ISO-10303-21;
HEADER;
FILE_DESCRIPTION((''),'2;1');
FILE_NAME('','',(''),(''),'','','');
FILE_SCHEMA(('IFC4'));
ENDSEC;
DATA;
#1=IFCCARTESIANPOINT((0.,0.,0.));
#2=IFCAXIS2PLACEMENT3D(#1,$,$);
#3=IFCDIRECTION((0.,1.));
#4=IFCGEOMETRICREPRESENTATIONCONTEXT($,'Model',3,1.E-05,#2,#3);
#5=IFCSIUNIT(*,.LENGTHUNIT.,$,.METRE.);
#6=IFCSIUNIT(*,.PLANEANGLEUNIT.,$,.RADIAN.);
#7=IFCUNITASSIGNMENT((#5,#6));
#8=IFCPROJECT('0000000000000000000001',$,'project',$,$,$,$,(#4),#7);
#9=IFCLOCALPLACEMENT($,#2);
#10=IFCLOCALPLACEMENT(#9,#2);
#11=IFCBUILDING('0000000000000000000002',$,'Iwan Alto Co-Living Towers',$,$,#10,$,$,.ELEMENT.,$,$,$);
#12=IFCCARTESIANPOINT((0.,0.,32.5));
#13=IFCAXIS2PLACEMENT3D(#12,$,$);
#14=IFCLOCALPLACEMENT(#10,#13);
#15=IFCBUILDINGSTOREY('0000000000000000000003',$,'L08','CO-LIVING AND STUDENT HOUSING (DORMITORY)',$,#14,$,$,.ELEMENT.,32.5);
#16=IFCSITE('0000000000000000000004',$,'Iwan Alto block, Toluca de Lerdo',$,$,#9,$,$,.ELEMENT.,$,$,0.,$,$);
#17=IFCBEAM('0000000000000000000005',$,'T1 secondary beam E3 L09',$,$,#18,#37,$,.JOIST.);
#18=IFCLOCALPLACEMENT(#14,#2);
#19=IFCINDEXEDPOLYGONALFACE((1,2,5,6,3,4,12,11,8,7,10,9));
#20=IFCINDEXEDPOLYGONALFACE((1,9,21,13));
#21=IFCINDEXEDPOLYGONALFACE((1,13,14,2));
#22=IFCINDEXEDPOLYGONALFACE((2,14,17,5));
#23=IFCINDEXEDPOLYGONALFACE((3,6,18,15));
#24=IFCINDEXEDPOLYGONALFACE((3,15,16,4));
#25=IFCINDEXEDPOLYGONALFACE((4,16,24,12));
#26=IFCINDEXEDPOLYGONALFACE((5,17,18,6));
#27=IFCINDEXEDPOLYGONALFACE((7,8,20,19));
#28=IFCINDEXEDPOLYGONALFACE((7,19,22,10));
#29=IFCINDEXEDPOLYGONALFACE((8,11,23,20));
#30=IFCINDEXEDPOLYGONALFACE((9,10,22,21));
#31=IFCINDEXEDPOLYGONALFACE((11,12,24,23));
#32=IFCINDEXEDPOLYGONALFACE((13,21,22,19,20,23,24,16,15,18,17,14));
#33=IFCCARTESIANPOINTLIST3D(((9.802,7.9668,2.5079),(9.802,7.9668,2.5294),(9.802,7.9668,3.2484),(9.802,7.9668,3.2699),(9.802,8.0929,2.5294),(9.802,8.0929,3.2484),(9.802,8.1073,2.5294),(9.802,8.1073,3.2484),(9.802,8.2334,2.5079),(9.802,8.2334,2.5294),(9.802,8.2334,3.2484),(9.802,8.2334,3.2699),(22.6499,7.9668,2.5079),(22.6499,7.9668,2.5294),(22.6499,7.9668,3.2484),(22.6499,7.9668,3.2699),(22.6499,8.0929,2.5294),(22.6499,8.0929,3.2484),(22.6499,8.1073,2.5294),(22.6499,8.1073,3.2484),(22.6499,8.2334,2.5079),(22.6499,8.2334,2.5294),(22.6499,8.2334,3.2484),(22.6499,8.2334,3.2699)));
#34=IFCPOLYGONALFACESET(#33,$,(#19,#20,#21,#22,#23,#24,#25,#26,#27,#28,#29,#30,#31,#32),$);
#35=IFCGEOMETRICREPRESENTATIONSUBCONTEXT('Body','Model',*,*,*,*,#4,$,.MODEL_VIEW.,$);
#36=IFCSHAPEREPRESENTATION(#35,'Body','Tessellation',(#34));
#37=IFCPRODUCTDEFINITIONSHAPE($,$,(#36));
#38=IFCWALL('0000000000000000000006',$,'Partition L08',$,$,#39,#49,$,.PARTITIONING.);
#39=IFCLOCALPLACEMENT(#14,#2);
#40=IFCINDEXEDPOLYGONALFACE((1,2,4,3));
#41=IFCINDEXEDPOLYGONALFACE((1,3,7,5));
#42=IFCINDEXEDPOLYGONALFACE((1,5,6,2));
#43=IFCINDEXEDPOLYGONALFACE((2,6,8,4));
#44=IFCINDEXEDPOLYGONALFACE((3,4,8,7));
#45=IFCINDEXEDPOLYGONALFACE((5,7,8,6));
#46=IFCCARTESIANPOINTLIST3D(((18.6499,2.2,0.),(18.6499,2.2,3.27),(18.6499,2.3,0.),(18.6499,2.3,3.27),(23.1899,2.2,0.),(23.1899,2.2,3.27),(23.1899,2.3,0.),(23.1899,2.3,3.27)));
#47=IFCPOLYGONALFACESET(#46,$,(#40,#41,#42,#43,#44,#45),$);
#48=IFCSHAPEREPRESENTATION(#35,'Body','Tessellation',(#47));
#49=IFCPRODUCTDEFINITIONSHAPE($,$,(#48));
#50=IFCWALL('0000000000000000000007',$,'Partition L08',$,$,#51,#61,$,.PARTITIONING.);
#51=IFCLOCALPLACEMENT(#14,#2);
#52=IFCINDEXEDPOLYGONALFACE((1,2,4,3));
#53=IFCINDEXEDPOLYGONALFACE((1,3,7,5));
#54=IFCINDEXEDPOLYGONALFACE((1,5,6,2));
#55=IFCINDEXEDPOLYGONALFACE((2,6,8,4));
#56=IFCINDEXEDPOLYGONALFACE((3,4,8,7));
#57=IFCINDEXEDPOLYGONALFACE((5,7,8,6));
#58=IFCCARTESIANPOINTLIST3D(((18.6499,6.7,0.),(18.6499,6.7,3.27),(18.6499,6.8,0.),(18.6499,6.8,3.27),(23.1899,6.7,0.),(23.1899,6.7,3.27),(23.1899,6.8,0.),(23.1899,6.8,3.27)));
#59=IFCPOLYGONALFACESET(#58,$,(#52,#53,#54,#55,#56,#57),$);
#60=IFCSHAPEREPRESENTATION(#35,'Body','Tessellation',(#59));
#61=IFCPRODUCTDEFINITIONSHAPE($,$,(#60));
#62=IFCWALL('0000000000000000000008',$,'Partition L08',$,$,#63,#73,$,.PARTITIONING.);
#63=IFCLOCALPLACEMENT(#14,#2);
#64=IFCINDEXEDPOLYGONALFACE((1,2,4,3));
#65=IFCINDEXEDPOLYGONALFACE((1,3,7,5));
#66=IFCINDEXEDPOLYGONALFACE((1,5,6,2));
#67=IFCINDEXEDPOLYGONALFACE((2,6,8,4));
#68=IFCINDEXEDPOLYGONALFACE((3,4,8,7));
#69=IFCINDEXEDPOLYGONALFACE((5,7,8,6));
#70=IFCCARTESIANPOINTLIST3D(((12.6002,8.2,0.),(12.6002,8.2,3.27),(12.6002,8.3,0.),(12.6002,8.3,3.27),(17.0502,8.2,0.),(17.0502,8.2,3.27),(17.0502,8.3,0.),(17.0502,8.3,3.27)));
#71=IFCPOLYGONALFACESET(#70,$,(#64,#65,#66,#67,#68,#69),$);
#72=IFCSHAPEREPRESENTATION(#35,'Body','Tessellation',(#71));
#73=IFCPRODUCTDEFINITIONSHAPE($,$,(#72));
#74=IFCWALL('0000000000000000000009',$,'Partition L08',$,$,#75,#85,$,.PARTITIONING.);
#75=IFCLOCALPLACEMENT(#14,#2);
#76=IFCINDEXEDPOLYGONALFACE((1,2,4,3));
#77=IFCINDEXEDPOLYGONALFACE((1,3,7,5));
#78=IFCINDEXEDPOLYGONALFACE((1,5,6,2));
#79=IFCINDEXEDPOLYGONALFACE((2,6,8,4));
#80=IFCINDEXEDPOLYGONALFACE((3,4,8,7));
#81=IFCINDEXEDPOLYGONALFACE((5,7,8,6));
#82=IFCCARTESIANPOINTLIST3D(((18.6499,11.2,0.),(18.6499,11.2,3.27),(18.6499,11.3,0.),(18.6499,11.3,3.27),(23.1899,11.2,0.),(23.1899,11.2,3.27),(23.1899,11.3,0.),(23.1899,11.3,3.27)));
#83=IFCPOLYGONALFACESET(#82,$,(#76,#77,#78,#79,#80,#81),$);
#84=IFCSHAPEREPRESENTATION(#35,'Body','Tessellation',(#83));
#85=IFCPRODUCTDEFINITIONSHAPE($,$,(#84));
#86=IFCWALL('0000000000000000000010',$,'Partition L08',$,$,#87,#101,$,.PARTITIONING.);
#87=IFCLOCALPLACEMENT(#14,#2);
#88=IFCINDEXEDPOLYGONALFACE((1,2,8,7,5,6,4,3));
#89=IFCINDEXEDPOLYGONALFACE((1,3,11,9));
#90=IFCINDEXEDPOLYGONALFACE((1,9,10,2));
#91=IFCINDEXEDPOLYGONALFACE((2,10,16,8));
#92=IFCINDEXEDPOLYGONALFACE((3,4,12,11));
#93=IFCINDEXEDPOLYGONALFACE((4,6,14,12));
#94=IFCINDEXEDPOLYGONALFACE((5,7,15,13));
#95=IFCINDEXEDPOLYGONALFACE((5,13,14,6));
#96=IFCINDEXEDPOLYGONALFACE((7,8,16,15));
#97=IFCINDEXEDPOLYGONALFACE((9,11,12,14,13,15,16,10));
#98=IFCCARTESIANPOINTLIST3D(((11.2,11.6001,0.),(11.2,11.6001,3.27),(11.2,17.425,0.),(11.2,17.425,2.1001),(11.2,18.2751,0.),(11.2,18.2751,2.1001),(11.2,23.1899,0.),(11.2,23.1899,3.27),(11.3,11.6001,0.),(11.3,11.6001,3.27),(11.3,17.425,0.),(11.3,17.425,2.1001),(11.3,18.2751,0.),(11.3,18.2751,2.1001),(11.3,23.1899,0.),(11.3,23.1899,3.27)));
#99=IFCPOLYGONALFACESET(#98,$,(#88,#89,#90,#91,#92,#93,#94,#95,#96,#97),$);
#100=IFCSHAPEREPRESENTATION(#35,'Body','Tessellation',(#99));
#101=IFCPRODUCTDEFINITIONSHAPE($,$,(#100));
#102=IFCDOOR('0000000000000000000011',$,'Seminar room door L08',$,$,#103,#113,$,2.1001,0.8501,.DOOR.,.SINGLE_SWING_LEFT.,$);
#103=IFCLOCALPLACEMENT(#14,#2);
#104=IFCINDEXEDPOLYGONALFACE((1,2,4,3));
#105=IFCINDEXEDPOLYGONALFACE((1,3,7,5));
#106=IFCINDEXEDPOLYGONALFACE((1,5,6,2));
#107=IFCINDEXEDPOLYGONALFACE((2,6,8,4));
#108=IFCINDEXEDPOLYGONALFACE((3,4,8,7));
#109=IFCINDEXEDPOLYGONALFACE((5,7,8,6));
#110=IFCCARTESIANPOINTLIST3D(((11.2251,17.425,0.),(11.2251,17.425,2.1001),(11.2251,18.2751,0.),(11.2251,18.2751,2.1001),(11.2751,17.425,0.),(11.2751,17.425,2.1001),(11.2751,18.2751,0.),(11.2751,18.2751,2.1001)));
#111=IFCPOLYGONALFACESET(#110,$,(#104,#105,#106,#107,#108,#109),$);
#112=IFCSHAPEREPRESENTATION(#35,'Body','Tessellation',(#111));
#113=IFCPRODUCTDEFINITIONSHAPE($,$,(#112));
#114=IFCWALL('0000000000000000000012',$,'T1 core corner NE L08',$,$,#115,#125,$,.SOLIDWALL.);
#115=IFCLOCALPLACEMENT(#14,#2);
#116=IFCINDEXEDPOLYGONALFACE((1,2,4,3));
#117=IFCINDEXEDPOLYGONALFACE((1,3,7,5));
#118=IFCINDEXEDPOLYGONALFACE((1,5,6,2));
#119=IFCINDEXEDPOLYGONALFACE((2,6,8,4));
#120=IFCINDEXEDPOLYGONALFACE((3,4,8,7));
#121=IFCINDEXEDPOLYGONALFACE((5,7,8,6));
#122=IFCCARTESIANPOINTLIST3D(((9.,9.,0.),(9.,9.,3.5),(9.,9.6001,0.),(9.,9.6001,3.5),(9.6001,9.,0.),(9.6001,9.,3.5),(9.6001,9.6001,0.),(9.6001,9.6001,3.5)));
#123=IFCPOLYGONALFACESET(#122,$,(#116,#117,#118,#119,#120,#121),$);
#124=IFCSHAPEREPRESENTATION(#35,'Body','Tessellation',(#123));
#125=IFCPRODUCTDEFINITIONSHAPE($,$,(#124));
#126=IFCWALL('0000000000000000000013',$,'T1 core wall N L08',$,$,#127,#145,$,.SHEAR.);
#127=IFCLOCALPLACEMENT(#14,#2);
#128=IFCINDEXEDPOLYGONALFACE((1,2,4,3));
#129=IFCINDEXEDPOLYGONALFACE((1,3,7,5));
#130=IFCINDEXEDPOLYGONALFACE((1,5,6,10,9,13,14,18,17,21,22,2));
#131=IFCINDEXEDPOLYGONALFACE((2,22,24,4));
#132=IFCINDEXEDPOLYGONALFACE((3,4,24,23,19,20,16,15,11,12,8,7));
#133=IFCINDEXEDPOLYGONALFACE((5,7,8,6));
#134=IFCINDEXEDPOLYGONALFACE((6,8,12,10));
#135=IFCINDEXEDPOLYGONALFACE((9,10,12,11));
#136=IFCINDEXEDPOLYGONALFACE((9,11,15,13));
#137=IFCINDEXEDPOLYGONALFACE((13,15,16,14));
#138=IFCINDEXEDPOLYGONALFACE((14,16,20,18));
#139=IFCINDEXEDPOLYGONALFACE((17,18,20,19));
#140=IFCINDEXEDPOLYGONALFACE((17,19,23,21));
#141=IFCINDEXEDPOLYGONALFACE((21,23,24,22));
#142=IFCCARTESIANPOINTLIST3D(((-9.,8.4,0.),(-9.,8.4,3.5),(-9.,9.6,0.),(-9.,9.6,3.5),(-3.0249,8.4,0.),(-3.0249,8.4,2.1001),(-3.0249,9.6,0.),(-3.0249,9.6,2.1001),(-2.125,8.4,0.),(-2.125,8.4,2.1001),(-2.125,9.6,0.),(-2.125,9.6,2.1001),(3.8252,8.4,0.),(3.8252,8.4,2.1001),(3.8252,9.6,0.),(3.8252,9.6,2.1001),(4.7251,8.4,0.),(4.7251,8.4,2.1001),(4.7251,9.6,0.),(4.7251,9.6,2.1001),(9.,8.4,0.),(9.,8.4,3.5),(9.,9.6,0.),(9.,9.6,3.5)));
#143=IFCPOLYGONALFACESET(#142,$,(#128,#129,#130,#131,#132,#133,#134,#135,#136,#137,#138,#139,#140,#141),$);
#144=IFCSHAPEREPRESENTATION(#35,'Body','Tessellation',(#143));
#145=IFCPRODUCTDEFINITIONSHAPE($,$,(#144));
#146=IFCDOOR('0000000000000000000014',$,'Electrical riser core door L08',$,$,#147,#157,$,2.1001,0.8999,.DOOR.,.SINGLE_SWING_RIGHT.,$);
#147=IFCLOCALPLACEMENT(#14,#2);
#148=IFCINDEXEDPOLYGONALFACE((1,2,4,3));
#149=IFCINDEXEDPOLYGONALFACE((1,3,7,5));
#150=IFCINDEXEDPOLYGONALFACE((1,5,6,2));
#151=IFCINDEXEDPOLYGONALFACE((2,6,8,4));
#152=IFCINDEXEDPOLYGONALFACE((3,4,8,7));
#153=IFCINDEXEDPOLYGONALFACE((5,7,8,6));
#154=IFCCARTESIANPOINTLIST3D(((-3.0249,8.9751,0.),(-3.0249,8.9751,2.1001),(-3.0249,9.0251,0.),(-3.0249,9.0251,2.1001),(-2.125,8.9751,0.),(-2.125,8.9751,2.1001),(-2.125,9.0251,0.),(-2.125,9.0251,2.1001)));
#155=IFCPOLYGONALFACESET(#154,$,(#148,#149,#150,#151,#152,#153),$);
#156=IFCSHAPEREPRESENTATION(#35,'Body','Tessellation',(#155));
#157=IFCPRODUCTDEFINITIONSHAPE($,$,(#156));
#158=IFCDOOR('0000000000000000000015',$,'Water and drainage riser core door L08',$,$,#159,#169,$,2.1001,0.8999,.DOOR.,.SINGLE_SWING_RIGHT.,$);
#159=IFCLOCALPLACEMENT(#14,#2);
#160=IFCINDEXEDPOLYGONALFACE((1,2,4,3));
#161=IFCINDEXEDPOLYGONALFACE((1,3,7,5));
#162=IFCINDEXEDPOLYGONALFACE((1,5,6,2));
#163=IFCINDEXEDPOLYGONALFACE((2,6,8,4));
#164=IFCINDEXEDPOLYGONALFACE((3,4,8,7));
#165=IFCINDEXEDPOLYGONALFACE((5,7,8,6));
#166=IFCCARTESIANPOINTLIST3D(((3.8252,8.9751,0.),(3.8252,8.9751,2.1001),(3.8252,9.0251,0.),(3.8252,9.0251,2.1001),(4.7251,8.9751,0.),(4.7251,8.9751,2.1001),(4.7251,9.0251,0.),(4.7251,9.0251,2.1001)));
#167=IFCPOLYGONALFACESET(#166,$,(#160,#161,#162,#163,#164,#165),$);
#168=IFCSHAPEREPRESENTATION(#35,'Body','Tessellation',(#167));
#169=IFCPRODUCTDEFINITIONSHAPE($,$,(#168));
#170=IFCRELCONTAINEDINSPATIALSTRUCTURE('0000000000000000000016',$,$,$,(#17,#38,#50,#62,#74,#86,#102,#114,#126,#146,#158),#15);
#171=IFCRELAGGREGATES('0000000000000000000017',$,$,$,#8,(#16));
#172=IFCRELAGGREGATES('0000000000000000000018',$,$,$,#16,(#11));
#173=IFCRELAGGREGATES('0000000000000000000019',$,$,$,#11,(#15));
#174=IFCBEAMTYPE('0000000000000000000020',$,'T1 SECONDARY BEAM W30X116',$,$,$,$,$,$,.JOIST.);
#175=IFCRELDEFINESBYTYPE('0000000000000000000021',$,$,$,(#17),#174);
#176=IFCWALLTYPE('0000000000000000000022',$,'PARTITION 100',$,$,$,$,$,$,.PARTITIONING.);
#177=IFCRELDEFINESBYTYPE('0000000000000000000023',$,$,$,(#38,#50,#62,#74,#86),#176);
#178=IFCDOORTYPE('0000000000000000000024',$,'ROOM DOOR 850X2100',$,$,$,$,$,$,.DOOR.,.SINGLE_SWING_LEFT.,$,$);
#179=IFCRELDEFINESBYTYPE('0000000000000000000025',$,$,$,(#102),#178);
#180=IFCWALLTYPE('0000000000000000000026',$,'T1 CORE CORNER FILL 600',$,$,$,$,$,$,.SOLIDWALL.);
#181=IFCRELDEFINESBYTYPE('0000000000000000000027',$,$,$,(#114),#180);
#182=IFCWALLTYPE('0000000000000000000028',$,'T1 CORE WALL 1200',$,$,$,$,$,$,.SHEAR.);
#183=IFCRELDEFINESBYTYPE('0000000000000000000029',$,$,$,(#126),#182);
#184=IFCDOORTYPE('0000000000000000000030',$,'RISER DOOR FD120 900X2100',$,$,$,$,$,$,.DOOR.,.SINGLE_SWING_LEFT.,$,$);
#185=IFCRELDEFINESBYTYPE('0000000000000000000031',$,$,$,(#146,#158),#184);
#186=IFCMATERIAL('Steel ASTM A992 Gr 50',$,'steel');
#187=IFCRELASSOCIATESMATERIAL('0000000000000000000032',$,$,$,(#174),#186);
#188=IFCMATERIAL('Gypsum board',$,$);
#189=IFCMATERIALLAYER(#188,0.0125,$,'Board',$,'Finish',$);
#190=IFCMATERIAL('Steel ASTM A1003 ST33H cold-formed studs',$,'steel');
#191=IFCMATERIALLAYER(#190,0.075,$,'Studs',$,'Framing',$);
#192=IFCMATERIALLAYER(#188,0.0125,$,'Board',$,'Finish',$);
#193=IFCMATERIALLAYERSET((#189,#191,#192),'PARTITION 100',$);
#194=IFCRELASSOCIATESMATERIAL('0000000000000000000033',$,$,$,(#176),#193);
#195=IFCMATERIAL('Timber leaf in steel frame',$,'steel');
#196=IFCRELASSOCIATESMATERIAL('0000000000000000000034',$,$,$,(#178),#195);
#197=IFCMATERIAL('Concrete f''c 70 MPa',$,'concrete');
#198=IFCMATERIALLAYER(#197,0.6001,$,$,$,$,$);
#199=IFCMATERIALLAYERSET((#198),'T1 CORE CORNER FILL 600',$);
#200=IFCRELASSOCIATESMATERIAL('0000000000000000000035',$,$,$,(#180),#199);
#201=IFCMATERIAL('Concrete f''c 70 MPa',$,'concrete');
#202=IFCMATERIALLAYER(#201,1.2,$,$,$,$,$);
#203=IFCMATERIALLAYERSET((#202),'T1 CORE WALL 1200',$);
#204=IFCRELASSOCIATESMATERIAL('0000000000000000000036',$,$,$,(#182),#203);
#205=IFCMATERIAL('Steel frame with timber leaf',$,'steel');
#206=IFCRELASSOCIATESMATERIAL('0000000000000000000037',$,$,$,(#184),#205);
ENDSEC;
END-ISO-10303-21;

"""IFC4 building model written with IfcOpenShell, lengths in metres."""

from ifc_helpers import new_model, si_unit, direction, frame, frame_2d, origin, origin_2d, place, context, subcontext, project, spatial, rectangle, i_section, extrude, material, layer, layer_set, material_profile, profile_set, type_object, element, fill, save


model = new_model("IFC4")

# Units and contexts
model_context = context("Model", 3, precision=1e-05, world=origin(), true_north=direction((0.0, 1.0)))
body_context = subcontext(model_context, "Body", "Model", "MODEL_VIEW")
ifc_project = project(units=[si_unit("LENGTHUNIT", "METRE"), si_unit("PLANEANGLEUNIT", "RADIAN")], contexts=[model_context])

# Site, building, storey
site_placement = place(None, origin())
site = spatial("IfcSite", under=ifc_project, at=site_placement, Name="Iwan Alto block, Toluca de Lerdo", CompositionType="ELEMENT", RefElevation=0.0)
building_placement = place(site_placement, origin())
building = spatial("IfcBuilding", under=site, at=building_placement, Name="Iwan Alto Co-Living Towers", CompositionType="ELEMENT")
storey_placement = place(building_placement, frame((0.0, 0.0, 32.5)))
storey = spatial("IfcBuildingStorey", under=building, at=storey_placement, Name="L08", Description="CO-LIVING AND STUDENT HOUSING (DORMITORY)", CompositionType="ELEMENT", Elevation=32.5)

# Beam
ifc_material_1 = material(Name="Steel ASTM A992 Gr 50", Category="steel")
ifc_material_profile_1 = material_profile(ifc_material_1, i_section(OverallWidth=0.2666, OverallDepth=0.762, WebThickness=0.0144, FlangeThickness=0.0215, at=origin_2d()), Name="W30X116")
ifc_profile_set_1 = profile_set([ifc_material_profile_1], Name="Steel ASTM A992 Gr 50")
beam_type_1 = type_object("IfcBeamType", Name="T1 SECONDARY BEAM W30X116", PredefinedType="JOIST", material=ifc_profile_set_1)
for number, where, z_axis, x_axis, name in (
    (1, (22.6499, 8.1001, 2.8889), (-1.0, 0.0, 0.0), (0.0, -1.0, 0.0), "T1 secondary beam E3 L09"),
):
    element("IfcBeam", number, at=place(storey_placement, frame(where, z_axis=z_axis, x_axis=x_axis)), inside=storey, type_object=beam_type_1, Name=name, PredefinedType="JOIST", context=body_context, shape_type="SweptSolid", body=[
        extrude(i_section(OverallWidth=0.2666, OverallDepth=0.762, WebThickness=0.0144, FlangeThickness=0.0215, at=origin_2d()), origin(), (0.0, 0.0, 1.0), 12.8479),
    ])

# Walls
ifc_material_2 = material(Name="Gypsum board")
ifc_layer_1 = layer(ifc_material_2, 0.0125, Name="Board", Category="Finish")
ifc_material_3 = material(Name="Steel ASTM A1003 ST33H cold-formed studs", Category="steel")
ifc_layer_2 = layer(ifc_material_3, 0.075, Name="Studs", Category="Framing")
ifc_layer_3 = layer(ifc_material_2, 0.0125, Name="Board", Category="Finish")
ifc_layer_set_1 = layer_set([ifc_layer_1, ifc_layer_2, ifc_layer_3], Name="PARTITION 100")
wall_type_1 = type_object("IfcWallType", Name="PARTITION 100", PredefinedType="PARTITIONING", material=ifc_layer_set_1)
for number, where, z_axis, x_axis, name in (
    (2, (18.6499, 2.25, 0.0), (0.0, 0.0, 1.0), (1.0, 0.0, 0.0), "Partition L08"),
    (3, (18.6499, 6.75, 0.0), (0.0, 0.0, 1.0), (1.0, 0.0, 0.0), "Partition L08"),
):
    element("IfcWall", number, at=place(storey_placement, frame(where, z_axis=z_axis, x_axis=x_axis)), inside=storey, type_object=wall_type_1, Name=name, PredefinedType="PARTITIONING", context=body_context, shape_type="SweptSolid", body=[
        extrude(rectangle(XDim=4.54, YDim=0.1001, at=frame_2d((2.27, 0.0))), origin(), (0.0, 0.0, 1.0), 3.27),
    ])
wall_1_placement = place(storey_placement, frame((12.6001, 8.25, 0.0), z_axis=(0.0, 0.0, 1.0), x_axis=(1.0, 0.0, 0.0)))
element("IfcWall", 4, at=wall_1_placement, inside=storey, type_object=wall_type_1, Name="Partition L08", PredefinedType="PARTITIONING", context=body_context, shape_type="SweptSolid", body=[
    extrude(rectangle(XDim=4.45, YDim=0.1001, at=frame_2d((2.2251, 0.0))), origin(), (0.0, 0.0, 1.0), 3.27),
])
wall_2_placement = place(storey_placement, frame((18.6499, 11.25, 0.0), z_axis=(0.0, 0.0, 1.0), x_axis=(1.0, 0.0, 0.0)))
element("IfcWall", 5, at=wall_2_placement, inside=storey, type_object=wall_type_1, Name="Partition L08", PredefinedType="PARTITIONING", context=body_context, shape_type="SweptSolid", body=[
    extrude(rectangle(XDim=4.54, YDim=0.1001, at=frame_2d((2.27, 0.0))), origin(), (0.0, 0.0, 1.0), 3.27),
])

# Wall, opening, door
wall_3_placement = place(storey_placement, frame((11.25, 11.6001, 0.0), z_axis=(0.0, 0.0, 1.0), x_axis=(0.0, 1.0, 0.0)))
wall_3 = element("IfcWall", 6, at=wall_3_placement, inside=storey, type_object=wall_type_1, Name="Partition L08", PredefinedType="PARTITIONING", context=body_context, shape_type="SweptSolid", body=[
    extrude(rectangle(XDim=11.5898, YDim=0.1001, at=frame_2d((5.7949, 0.0))), origin(), (0.0, 0.0, 1.0), 3.27),
])
opening_1_placement = place(wall_3_placement, frame((5.825, 0.0, 0.0)))
opening_1 = element("IfcOpeningElement", 7, at=opening_1_placement, cuts=wall_3, PredefinedType="OPENING", context=body_context, shape_type="SweptSolid", body=[
    extrude(rectangle(XDim=0.8501, YDim=2.1001, at=frame_2d((0.425, 1.05))), frame((0.0, 0.0601, 0.0), z_axis=(0.0, -1.0, 0.0), x_axis=(1.0, 0.0, 0.0)), (0.0, 0.0, 1.0), 0.1201),
])
ifc_material_4 = material(Name="Timber leaf in steel frame", Category="steel")
door_type_1 = type_object("IfcDoorType", Name="ROOM DOOR 850X2100", OperationType="SINGLE_SWING_LEFT", PredefinedType="DOOR", material=ifc_material_4)
door_1_placement = place(opening_1_placement, origin())
door_1 = element("IfcDoor", 8, at=door_1_placement, inside=storey, type_object=door_type_1, Name="Seminar room door L08", OperationType="SINGLE_SWING_LEFT", OverallHeight=2.1001, OverallWidth=0.8501, PredefinedType="DOOR", context=body_context, shape_type="SweptSolid", body=[
    extrude(rectangle(XDim=0.8501, YDim=2.1001, at=frame_2d((0.425, 1.05))), frame((0.0, 0.0249, 0.0), z_axis=(0.0, -1.0, 0.0), x_axis=(1.0, 0.0, 0.0)), (0.0, 0.0, 1.0), 0.05),
])
fill(opening_1, door_1)

# Wall
ifc_material_5 = material(Name="Concrete f'c 70 MPa", Category="concrete")
ifc_layer_4 = layer(ifc_material_5, 0.6001)
ifc_layer_set_2 = layer_set([ifc_layer_4], Name="T1 CORE CORNER FILL 600")
wall_type_2 = type_object("IfcWallType", Name="T1 CORE CORNER FILL 600", PredefinedType="SOLIDWALL", material=ifc_layer_set_2)
wall_4_placement = place(storey_placement, frame((9.0, 9.3, 0.0), z_axis=(0.0, 0.0, 1.0), x_axis=(1.0, 0.0, 0.0)))
element("IfcWall", 9, at=wall_4_placement, inside=storey, type_object=wall_type_2, Name="T1 core corner NE L08", PredefinedType="SOLIDWALL", context=body_context, shape_type="SweptSolid", body=[
    extrude(rectangle(XDim=0.6001, YDim=0.6001, at=frame_2d((0.3, 0.0))), origin(), (0.0, 0.0, 1.0), 3.5),
])

# Wall, openings, doors
ifc_material_6 = material(Name="Concrete f'c 70 MPa", Category="concrete")
ifc_layer_5 = layer(ifc_material_6, 1.2)
ifc_layer_set_3 = layer_set([ifc_layer_5], Name="T1 CORE WALL 1200")
wall_type_3 = type_object("IfcWallType", Name="T1 CORE WALL 1200", PredefinedType="SHEAR", material=ifc_layer_set_3)
wall_5_placement = place(storey_placement, frame((9.0, 9.0, 0.0), z_axis=(0.0, 0.0, 1.0), x_axis=(-1.0, 0.0, 0.0)))
wall_5 = element("IfcWall", 10, at=wall_5_placement, inside=storey, type_object=wall_type_3, Name="T1 core wall N L08", PredefinedType="SHEAR", context=body_context, shape_type="SweptSolid", body=[
    extrude(rectangle(XDim=18.0, YDim=1.2, at=frame_2d((9.0, 0.0))), origin(), (0.0, 0.0, 1.0), 3.5),
])
opening_2_placement = place(wall_5_placement, frame((11.125, 0.0, 0.0)))
opening_2 = element("IfcOpeningElement", 11, at=opening_2_placement, cuts=wall_5, PredefinedType="OPENING", context=body_context, shape_type="SweptSolid", body=[
    extrude(rectangle(XDim=0.8999, YDim=2.1001, at=frame_2d((0.45, 1.05))), frame((0.0, 0.6099, 0.0), z_axis=(0.0, -1.0, 0.0), x_axis=(1.0, 0.0, 0.0)), (0.0, 0.0, 1.0), 1.22),
])
opening_3_placement = place(wall_5_placement, frame((4.2749, 0.0, 0.0)))
opening_3 = element("IfcOpeningElement", 12, at=opening_3_placement, cuts=wall_5, PredefinedType="OPENING", context=body_context, shape_type="SweptSolid", body=[
    extrude(rectangle(XDim=0.8999, YDim=2.1001, at=frame_2d((0.45, 1.05))), frame((0.0, 0.6099, 0.0), z_axis=(0.0, -1.0, 0.0), x_axis=(1.0, 0.0, 0.0)), (0.0, 0.0, 1.0), 1.22),
])
ifc_material_7 = material(Name="Steel frame with timber leaf", Category="steel")
door_type_2 = type_object("IfcDoorType", Name="RISER DOOR FD120 900X2100", OperationType="SINGLE_SWING_LEFT", PredefinedType="DOOR", material=ifc_material_7)
door_2_placement = place(opening_2_placement, origin())
door_2 = element("IfcDoor", 13, at=door_2_placement, inside=storey, type_object=door_type_2, Name="Electrical riser core door L08", OperationType="SINGLE_SWING_RIGHT", OverallHeight=2.1001, OverallWidth=0.8999, PredefinedType="DOOR", context=body_context, shape_type="SweptSolid", body=[
    extrude(rectangle(XDim=0.8999, YDim=2.1001, at=frame_2d((0.45, 1.05))), frame((0.0, 0.0249, 0.0), z_axis=(0.0, -1.0, 0.0), x_axis=(1.0, 0.0, 0.0)), (0.0, 0.0, 1.0), 0.05),
])
fill(opening_2, door_2)
door_3_placement = place(opening_3_placement, origin())
door_3 = element("IfcDoor", 14, at=door_3_placement, inside=storey, type_object=door_type_2, Name="Water and drainage riser core door L08", OperationType="SINGLE_SWING_RIGHT", OverallHeight=2.1001, OverallWidth=0.8999, PredefinedType="DOOR", context=body_context, shape_type="SweptSolid", body=[
    extrude(rectangle(XDim=0.8999, YDim=2.1001, at=frame_2d((0.45, 1.05))), frame((0.0, 0.0249, 0.0), z_axis=(0.0, -1.0, 0.0), x_axis=(1.0, 0.0, 0.0)), (0.0, 0.0, 1.0), 0.05),
])
fill(opening_3, door_3)

save(model, "model.ifc")
